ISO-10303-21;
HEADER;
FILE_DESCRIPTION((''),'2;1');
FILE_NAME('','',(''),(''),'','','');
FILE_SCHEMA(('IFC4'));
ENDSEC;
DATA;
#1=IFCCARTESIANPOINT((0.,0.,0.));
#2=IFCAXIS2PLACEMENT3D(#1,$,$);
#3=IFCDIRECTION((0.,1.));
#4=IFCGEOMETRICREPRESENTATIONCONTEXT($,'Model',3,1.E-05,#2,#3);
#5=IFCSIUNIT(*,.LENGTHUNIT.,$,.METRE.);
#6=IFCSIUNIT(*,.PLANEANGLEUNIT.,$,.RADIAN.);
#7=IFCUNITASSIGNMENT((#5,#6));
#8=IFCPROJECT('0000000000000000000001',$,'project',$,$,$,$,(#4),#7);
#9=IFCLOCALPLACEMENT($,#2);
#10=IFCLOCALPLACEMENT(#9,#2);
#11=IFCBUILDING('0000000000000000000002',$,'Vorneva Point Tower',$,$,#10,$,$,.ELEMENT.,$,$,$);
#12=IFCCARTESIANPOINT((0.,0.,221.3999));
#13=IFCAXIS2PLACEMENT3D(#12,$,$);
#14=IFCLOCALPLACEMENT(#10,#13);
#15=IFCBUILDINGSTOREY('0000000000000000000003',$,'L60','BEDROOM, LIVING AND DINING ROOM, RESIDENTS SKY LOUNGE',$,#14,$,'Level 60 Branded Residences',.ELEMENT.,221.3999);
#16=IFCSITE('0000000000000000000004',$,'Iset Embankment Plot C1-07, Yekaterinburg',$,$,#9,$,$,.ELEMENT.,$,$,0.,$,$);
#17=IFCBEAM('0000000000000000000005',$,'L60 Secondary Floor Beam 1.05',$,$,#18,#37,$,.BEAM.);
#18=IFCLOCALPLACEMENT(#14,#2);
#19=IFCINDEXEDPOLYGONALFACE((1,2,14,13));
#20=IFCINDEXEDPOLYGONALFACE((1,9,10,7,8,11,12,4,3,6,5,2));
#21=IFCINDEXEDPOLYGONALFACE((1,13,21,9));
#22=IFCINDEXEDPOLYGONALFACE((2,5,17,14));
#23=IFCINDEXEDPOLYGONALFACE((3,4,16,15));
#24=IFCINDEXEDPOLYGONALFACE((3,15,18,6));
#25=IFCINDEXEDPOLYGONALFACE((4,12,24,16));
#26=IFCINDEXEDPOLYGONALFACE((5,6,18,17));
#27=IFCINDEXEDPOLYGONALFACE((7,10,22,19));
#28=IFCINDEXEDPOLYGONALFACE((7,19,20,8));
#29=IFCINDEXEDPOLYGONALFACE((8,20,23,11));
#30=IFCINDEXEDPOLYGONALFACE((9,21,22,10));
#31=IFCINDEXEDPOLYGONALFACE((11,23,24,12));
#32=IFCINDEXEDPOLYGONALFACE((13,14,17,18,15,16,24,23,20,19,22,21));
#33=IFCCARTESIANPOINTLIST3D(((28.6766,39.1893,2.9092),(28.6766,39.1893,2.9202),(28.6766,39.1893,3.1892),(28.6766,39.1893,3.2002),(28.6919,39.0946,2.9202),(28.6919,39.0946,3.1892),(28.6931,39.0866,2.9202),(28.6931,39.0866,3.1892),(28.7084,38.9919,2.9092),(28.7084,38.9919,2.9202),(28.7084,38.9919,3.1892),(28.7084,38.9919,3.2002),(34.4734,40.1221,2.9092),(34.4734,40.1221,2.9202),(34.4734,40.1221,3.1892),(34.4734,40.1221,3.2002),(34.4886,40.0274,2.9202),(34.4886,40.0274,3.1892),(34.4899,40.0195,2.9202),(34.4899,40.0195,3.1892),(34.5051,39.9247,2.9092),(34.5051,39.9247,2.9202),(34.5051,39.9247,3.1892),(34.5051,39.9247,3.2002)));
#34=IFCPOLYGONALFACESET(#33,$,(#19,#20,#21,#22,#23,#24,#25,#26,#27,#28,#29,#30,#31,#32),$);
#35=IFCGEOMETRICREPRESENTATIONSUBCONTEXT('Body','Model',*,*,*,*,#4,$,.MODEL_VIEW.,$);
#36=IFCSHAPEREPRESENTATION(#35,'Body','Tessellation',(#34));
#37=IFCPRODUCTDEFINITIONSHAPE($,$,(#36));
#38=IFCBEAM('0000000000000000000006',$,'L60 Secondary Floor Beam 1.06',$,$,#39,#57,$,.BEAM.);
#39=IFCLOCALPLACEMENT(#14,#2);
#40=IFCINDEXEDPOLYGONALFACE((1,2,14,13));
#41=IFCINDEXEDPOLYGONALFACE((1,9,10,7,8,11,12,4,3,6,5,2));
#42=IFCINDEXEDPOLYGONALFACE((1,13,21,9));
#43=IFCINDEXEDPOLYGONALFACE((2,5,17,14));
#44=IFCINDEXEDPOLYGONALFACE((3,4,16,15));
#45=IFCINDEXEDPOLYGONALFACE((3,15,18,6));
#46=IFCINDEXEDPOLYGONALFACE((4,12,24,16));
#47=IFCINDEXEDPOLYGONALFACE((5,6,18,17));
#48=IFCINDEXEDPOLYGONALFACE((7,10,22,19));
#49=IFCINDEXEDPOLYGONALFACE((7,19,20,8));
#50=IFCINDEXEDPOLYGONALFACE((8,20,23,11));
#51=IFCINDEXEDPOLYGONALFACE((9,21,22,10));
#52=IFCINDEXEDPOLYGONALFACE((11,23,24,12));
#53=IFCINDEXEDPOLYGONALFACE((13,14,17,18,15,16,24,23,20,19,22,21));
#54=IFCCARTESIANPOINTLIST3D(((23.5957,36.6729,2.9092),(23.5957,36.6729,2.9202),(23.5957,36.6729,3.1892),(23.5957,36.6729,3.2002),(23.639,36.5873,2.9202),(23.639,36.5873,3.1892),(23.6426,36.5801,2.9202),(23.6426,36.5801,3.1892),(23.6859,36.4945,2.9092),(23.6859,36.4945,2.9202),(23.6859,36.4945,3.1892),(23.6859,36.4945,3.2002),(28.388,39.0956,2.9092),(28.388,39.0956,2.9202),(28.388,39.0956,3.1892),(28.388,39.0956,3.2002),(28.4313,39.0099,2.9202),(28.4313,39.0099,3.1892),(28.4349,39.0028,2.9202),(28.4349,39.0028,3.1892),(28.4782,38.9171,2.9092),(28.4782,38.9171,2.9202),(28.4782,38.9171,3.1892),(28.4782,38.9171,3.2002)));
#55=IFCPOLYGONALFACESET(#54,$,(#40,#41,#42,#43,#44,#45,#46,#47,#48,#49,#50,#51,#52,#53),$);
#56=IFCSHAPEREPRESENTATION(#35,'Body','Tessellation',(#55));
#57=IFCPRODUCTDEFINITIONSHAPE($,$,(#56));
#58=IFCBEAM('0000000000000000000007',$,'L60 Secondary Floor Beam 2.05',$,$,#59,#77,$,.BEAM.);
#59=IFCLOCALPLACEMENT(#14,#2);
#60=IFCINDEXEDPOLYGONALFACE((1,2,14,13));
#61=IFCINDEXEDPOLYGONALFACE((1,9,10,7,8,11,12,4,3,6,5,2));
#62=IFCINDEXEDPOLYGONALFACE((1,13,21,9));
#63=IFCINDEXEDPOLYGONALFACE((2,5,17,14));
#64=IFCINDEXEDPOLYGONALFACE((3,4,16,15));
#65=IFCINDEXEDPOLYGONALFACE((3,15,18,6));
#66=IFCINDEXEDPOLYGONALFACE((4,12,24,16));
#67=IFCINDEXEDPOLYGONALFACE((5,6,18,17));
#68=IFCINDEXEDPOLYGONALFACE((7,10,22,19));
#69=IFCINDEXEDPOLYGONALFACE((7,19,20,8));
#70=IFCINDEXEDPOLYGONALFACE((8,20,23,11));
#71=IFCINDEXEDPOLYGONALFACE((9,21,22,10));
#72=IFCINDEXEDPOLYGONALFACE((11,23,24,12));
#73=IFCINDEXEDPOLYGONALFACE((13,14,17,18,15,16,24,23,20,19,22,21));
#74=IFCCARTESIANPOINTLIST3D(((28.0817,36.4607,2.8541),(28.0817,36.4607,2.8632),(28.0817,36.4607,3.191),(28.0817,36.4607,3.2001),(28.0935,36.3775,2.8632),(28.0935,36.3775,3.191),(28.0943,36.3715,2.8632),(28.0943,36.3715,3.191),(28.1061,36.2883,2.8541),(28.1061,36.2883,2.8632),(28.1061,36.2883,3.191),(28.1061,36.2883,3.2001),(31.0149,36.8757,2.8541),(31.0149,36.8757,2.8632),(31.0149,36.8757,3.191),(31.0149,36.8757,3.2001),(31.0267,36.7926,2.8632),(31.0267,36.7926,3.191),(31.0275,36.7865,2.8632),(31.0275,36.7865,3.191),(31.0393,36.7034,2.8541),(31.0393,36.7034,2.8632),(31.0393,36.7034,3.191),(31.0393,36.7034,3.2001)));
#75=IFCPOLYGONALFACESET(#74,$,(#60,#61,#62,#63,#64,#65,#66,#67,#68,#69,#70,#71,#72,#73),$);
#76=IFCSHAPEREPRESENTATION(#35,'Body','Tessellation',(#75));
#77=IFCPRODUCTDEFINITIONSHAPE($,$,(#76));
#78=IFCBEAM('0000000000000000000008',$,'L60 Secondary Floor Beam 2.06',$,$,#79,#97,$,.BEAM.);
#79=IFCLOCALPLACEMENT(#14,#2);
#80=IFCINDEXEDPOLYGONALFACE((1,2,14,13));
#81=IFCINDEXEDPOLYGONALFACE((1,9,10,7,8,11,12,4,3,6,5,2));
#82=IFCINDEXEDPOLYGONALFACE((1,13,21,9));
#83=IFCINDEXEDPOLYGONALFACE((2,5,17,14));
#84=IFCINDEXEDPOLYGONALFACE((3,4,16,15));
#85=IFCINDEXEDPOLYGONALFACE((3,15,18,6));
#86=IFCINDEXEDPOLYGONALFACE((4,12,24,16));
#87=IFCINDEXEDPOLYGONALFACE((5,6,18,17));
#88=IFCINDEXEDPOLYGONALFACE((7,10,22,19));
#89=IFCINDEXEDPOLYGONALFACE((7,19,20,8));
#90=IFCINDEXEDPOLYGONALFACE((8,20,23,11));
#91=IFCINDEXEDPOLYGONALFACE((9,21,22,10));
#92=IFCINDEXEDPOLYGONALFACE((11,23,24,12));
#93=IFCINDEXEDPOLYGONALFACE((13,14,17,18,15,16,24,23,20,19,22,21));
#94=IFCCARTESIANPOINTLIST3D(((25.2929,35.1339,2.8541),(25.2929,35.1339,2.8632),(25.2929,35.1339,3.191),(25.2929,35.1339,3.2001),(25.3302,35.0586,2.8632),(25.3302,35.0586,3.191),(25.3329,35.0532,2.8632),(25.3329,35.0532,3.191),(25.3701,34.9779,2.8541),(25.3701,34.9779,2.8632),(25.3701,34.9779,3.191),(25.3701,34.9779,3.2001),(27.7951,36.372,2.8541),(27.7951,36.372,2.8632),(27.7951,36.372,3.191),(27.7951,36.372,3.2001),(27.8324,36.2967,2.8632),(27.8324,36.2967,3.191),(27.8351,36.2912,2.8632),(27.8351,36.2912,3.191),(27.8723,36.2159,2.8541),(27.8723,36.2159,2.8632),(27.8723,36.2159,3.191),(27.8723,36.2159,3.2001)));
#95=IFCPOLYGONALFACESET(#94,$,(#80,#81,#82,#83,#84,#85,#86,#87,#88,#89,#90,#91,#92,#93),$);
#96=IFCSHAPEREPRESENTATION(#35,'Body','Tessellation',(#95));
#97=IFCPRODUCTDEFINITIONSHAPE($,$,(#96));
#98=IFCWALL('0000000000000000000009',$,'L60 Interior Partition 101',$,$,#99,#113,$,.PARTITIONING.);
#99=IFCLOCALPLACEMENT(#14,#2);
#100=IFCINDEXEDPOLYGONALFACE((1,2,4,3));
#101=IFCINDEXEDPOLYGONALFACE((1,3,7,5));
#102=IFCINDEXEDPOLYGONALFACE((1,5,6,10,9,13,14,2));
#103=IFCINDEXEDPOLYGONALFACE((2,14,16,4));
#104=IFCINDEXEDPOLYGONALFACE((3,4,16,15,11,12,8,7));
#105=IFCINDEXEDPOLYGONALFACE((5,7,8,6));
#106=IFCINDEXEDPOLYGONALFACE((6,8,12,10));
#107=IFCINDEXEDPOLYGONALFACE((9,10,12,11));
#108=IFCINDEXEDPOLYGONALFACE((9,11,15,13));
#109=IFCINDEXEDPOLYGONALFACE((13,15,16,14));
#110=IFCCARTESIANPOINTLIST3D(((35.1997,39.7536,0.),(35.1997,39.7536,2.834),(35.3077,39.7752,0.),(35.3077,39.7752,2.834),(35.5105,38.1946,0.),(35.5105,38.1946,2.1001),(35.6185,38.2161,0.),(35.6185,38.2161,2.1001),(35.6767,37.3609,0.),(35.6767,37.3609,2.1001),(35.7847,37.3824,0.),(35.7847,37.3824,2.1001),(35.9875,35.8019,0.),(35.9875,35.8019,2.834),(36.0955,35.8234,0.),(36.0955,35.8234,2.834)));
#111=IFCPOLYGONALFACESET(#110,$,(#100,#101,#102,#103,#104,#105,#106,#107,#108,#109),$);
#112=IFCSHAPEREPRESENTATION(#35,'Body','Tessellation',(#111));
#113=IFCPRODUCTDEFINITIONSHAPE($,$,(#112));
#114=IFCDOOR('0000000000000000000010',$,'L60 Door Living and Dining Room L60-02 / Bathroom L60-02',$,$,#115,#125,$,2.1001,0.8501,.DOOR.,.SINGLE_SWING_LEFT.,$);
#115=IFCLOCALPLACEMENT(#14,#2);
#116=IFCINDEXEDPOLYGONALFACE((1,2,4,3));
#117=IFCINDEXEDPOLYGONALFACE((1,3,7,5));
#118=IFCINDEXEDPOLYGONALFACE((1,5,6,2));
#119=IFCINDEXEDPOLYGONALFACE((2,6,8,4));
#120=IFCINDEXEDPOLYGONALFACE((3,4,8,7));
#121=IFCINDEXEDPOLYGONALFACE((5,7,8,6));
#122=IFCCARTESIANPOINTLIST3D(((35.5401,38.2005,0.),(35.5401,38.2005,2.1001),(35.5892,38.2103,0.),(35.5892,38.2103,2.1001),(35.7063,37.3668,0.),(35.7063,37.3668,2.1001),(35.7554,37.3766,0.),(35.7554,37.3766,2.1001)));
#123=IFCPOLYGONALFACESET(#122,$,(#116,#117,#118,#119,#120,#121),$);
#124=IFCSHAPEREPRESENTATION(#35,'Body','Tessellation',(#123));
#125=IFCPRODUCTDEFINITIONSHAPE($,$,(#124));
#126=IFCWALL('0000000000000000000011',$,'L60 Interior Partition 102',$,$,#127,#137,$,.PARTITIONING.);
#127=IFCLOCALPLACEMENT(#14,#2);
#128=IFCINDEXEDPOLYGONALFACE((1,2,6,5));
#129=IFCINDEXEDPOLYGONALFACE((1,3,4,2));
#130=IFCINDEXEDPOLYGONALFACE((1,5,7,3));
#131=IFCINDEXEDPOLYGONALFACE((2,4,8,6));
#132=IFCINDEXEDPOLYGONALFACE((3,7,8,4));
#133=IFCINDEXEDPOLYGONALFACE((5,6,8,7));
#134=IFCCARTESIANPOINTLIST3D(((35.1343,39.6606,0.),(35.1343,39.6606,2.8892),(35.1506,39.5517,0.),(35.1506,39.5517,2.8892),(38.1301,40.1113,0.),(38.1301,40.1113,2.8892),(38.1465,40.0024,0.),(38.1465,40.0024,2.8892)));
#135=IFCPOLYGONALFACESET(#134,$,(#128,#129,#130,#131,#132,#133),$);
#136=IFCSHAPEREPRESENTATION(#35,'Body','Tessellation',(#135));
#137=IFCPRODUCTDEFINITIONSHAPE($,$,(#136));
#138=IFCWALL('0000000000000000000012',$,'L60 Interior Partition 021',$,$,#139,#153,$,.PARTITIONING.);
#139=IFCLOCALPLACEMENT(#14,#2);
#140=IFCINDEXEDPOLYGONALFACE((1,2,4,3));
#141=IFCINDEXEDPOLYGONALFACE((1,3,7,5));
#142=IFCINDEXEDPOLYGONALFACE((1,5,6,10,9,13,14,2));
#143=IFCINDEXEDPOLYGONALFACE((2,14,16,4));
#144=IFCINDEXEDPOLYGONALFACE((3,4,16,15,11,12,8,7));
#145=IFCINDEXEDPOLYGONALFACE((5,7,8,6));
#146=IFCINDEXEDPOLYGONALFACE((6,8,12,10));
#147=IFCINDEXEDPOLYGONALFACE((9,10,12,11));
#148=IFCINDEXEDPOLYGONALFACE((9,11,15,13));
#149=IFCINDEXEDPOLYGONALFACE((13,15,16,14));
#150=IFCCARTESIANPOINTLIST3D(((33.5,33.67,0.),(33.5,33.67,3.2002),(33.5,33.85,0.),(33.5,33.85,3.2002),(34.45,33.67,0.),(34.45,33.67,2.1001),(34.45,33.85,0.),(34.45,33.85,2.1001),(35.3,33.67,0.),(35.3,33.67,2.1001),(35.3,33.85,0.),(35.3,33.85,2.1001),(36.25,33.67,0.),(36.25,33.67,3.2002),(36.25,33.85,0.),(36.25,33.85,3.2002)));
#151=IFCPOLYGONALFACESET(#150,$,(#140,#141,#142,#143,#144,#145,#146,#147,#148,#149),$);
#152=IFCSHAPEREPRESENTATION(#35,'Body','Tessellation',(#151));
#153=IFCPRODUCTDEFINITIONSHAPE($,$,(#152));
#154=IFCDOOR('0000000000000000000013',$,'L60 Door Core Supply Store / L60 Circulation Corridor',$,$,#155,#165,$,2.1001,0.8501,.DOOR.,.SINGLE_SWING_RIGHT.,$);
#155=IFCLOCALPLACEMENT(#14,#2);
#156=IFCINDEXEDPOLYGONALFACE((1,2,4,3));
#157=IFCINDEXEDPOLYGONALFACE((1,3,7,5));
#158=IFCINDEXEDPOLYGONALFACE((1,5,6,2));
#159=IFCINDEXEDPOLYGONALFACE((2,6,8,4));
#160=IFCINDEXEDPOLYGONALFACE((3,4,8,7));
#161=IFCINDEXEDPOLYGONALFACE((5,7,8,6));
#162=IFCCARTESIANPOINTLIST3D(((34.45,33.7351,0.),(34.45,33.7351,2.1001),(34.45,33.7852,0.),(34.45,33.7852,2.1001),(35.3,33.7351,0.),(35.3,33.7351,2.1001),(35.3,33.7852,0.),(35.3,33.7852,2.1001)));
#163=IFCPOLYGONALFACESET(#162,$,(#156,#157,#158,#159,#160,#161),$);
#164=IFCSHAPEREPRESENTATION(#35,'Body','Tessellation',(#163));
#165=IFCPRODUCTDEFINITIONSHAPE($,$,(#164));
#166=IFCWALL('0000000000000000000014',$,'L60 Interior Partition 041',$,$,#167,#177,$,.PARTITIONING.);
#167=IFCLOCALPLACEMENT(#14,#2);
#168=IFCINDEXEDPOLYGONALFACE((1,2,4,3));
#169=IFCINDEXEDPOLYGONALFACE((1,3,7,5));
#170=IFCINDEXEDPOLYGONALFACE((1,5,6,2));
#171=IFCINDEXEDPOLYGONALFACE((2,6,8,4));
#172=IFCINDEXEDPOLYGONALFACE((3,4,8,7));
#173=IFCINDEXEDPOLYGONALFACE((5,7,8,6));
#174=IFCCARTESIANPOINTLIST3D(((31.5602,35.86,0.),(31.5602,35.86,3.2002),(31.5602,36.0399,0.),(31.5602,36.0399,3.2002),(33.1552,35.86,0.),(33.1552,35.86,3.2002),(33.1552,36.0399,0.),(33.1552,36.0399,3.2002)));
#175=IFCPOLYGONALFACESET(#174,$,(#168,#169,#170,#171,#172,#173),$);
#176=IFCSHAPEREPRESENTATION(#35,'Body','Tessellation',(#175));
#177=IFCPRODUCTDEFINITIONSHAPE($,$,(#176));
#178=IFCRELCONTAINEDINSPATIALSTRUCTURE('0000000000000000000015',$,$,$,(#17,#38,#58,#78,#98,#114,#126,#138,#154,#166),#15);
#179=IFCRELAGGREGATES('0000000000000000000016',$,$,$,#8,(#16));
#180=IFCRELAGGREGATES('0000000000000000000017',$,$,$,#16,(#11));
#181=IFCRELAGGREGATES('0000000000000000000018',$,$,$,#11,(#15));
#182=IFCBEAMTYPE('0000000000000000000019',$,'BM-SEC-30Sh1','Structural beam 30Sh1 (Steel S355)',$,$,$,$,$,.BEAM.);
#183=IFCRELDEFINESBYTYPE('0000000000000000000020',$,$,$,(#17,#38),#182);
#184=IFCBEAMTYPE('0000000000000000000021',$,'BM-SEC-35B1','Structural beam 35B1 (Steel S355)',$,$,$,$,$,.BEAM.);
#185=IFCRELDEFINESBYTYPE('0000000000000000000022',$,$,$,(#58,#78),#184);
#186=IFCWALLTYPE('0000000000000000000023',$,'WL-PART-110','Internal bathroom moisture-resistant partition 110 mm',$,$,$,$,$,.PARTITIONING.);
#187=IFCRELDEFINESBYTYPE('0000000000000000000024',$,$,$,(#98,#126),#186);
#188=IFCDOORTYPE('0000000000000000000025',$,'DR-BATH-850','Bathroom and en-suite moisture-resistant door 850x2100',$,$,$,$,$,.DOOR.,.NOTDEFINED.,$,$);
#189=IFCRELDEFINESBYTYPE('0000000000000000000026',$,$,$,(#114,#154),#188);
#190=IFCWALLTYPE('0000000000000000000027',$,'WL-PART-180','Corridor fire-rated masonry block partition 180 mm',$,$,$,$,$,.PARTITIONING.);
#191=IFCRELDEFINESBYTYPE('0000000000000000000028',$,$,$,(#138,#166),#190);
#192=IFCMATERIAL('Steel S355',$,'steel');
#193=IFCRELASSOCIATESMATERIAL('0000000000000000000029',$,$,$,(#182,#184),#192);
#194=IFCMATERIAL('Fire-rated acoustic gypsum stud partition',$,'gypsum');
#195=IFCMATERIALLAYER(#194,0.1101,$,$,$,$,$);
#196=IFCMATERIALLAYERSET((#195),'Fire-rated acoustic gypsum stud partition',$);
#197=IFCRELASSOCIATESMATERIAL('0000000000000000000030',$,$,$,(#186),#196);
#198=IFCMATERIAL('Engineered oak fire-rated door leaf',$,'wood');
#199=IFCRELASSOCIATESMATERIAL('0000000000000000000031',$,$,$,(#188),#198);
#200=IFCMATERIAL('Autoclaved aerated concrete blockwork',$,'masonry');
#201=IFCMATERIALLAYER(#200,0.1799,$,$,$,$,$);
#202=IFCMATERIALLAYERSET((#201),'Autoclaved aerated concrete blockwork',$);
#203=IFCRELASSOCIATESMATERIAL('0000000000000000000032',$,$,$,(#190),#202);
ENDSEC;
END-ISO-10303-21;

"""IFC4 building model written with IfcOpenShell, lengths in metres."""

from ifc_helpers import new_model, si_unit, direction, frame, frame_2d, origin, origin_2d, place, context, subcontext, project, spatial, rectangle, i_section, extrude, material, layer, layer_set, material_profile, profile_set, type_object, element, fill, save


model = new_model("IFC4")

# Units and contexts
model_context = context("Model", 3, precision=1e-05, world=origin(), true_north=direction((0.0, 1.0)))
body_context = subcontext(model_context, "Body", "Model", "MODEL_VIEW")
ifc_project = project(units=[si_unit("LENGTHUNIT", "METRE"), si_unit("PLANEANGLEUNIT", "RADIAN")], contexts=[model_context])

# Site, building, storey
site_placement = place(None, origin())
site = spatial("IfcSite", under=ifc_project, at=site_placement, Name="Iset Embankment Plot C1-07, Yekaterinburg", CompositionType="ELEMENT", RefElevation=0.0)
building_placement = place(site_placement, origin())
building = spatial("IfcBuilding", under=site, at=building_placement, Name="Vorneva Point Tower", CompositionType="ELEMENT")
storey_placement = place(building_placement, frame((0.0, 0.0, 221.3999)))
storey = spatial("IfcBuildingStorey", under=building, at=storey_placement, Name="L60", Description="BEDROOM, LIVING AND DINING ROOM, RESIDENTS SKY LOUNGE", LongName="Level 60 Branded Residences", CompositionType="ELEMENT", Elevation=221.3999)

# Beams
ifc_material_1 = material(Name="Steel S355", Category="steel")
ifc_material_profile_1 = material_profile(ifc_material_1, i_section(OverallWidth=0.2, OverallDepth=0.291, WebThickness=0.0081, FlangeThickness=0.011, at=origin_2d()), Name="30Sh1")
ifc_profile_set_1 = profile_set([ifc_material_profile_1], Name="Steel S355")
beam_type_1 = type_object("IfcBeamType", Name="BM-SEC-30Sh1", Description="Structural beam 30Sh1 (Steel S355)", PredefinedType="BEAM", material=ifc_profile_set_1)
beam_1_placement = place(storey_placement, frame((34.4893, 40.0234, 3.0547), z_axis=(-0.987298, -0.158881, 0.0), x_axis=(0.158881, -0.987298, 0.0)))
element("IfcBeam", 1, at=beam_1_placement, inside=storey, type_object=beam_type_1, Name="L60 Secondary Floor Beam 1.05", PredefinedType="BEAM", context=body_context, shape_type="SweptSolid", body=[
    extrude(i_section(OverallWidth=0.2, OverallDepth=0.291, WebThickness=0.0081, FlangeThickness=0.011, at=origin_2d()), origin(), (0.0, 0.0, 1.0), 5.8713),
])
beam_2_placement = place(storey_placement, frame((28.4331, 39.0063, 3.0547), z_axis=(-0.892445, -0.451156, 0.0), x_axis=(0.451156, -0.892445, 0.0)))
element("IfcBeam", 2, at=beam_2_placement, inside=storey, type_object=beam_type_1, Name="L60 Secondary Floor Beam 1.06", PredefinedType="BEAM", context=body_context, shape_type="SweptSolid", body=[
    extrude(i_section(OverallWidth=0.2, OverallDepth=0.291, WebThickness=0.0081, FlangeThickness=0.011, at=origin_2d()), origin(), (0.0, 0.0, 1.0), 5.3699),
])
ifc_material_profile_2 = material_profile(ifc_material_1, i_section(OverallWidth=0.1741, OverallDepth=0.3459, WebThickness=0.0061, FlangeThickness=0.009, at=origin_2d()), Name="35B1")
ifc_profile_set_2 = profile_set([ifc_material_profile_2], Name="Steel S355")
beam_type_2 = type_object("IfcBeamType", Name="BM-SEC-35B1", Description="Structural beam 35B1 (Steel S355)", PredefinedType="BEAM", material=ifc_profile_set_2)
beam_3_placement = place(storey_placement, frame((31.0271, 36.7896, 3.0271), z_axis=(-0.990137, -0.140106, 0.0), x_axis=(0.140106, -0.990137, 0.0)))
element("IfcBeam", 3, at=beam_3_placement, inside=storey, type_object=beam_type_2, Name="L60 Secondary Floor Beam 2.05", PredefinedType="BEAM", context=body_context, shape_type="SweptSolid", body=[
    extrude(i_section(OverallWidth=0.1741, OverallDepth=0.3459, WebThickness=0.0061, FlangeThickness=0.009, at=origin_2d()), origin(), (0.0, 0.0, 1.0), 2.9624),
])
beam_4_placement = place(storey_placement, frame((27.8337, 36.2939, 3.0271), z_axis=(-0.896291, -0.443467, 0.0), x_axis=(0.443467, -0.896291, 0.0)))
element("IfcBeam", 4, at=beam_4_placement, inside=storey, type_object=beam_type_2, Name="L60 Secondary Floor Beam 2.06", PredefinedType="BEAM", context=body_context, shape_type="SweptSolid", body=[
    extrude(i_section(OverallWidth=0.1741, OverallDepth=0.3459, WebThickness=0.0061, FlangeThickness=0.009, at=origin_2d()), origin(), (0.0, 0.0, 1.0), 2.7917),
])

# Wall, opening, door
ifc_material_2 = material(Name="Fire-rated acoustic gypsum stud partition", Category="gypsum")
ifc_layer_1 = layer(ifc_material_2, 0.1101)
ifc_layer_set_1 = layer_set([ifc_layer_1], Name="Fire-rated acoustic gypsum stud partition")
wall_type_1 = type_object("IfcWallType", Name="WL-PART-110", Description="Internal bathroom moisture-resistant partition 110 mm", PredefinedType="PARTITIONING", material=ifc_layer_set_1)
wall_1_placement = place(storey_placement, frame((36.0415, 35.8127, 0.0), z_axis=(0.0, 0.0, 1.0), x_axis=(-0.195522, 0.980699, 0.0)))
wall_1 = element("IfcWall", 5, at=wall_1_placement, inside=storey, type_object=wall_type_1, Name="L60 Interior Partition 101", PredefinedType="PARTITIONING", context=body_context, shape_type="SweptSolid", body=[
    extrude(rectangle(XDim=4.0295, YDim=0.1101, at=frame_2d((2.0146, 0.0))), origin(), (0.0, 0.0, 1.0), 2.834),
])
opening_1_placement = place(wall_1_placement, frame((1.5896, 0.0, 0.0)))
opening_1 = element("IfcOpeningElement", 6, at=opening_1_placement, cuts=wall_1, PredefinedType="OPENING", context=body_context, shape_type="SweptSolid", body=[
    extrude(rectangle(XDim=0.8501, YDim=2.1001, at=frame_2d((0.425, 1.05))), frame((0.0, 0.0698, 0.0), z_axis=(0.0, -1.0, 0.0), x_axis=(1.0, 0.0, 0.0)), (0.0, 0.0, 1.0), 0.1399),
])
ifc_material_3 = material(Name="Engineered oak fire-rated door leaf", Category="wood")
door_type_1 = type_object("IfcDoorType", Name="DR-BATH-850", Description="Bathroom and en-suite moisture-resistant door 850x2100", OperationType="NOTDEFINED", PredefinedType="DOOR", material=ifc_material_3)
door_1_placement = place(opening_1_placement, origin())
door_1 = element("IfcDoor", 7, at=door_1_placement, inside=storey, type_object=door_type_1, Name="L60 Door Living and Dining Room L60-02 / Bathroom L60-02", OperationType="SINGLE_SWING_LEFT", OverallHeight=2.1001, OverallWidth=0.8501, PredefinedType="DOOR", context=body_context, shape_type="SweptSolid", body=[
    extrude(rectangle(XDim=0.8501, YDim=2.1001, at=frame_2d((0.425, 1.05))), frame((0.0, 0.0249, 0.0), z_axis=(0.0, -1.0, 0.0), x_axis=(1.0, 0.0, 0.0)), (0.0, 0.0, 1.0), 0.05),
])
fill(opening_1, door_1)

# Wall
wall_2_placement = place(storey_placement, frame((35.1426, 39.6062, 0.0), z_axis=(0.0, 0.0, 1.0), x_axis=(0.988873, 0.148762, 0.0)))
element("IfcWall", 8, at=wall_2_placement, inside=storey, type_object=wall_type_1, Name="L60 Interior Partition 102", PredefinedType="PARTITIONING", context=body_context, shape_type="SweptSolid", body=[
    extrude(rectangle(XDim=3.0295, YDim=0.1101, at=frame_2d((1.5146, 0.0))), origin(), (0.0, 0.0, 1.0), 2.8892),
])

# Wall, opening, door
ifc_material_4 = material(Name="Autoclaved aerated concrete blockwork", Category="masonry")
ifc_layer_2 = layer(ifc_material_4, 0.1799)
ifc_layer_set_2 = layer_set([ifc_layer_2], Name="Autoclaved aerated concrete blockwork")
wall_type_2 = type_object("IfcWallType", Name="WL-PART-180", Description="Corridor fire-rated masonry block partition 180 mm", PredefinedType="PARTITIONING", material=ifc_layer_set_2)
wall_3_placement = place(storey_placement, frame((36.25, 33.76, 0.0), z_axis=(0.0, 0.0, 1.0), x_axis=(-1.0, 0.0, 0.0)))
wall_3 = element("IfcWall", 9, at=wall_3_placement, inside=storey, type_object=wall_type_2, Name="L60 Interior Partition 021", PredefinedType="PARTITIONING", context=body_context, shape_type="SweptSolid", body=[
    extrude(rectangle(XDim=2.75, YDim=0.1799, at=frame_2d((1.375, 0.0))), origin(), (0.0, 0.0, 1.0), 3.2002),
])
opening_2_placement = place(wall_3_placement, frame((0.95, 0.0, 0.0)))
opening_2 = element("IfcOpeningElement", 10, at=opening_2_placement, cuts=wall_3, PredefinedType="OPENING", context=body_context, shape_type="SweptSolid", body=[
    extrude(rectangle(XDim=0.8501, YDim=2.1001, at=frame_2d((0.425, 1.05))), frame((0.0, 0.105, 0.0), z_axis=(0.0, -1.0, 0.0), x_axis=(1.0, 0.0, 0.0)), (0.0, 0.0, 1.0), 0.2097),
])
door_2_placement = place(opening_2_placement, origin())
door_2 = element("IfcDoor", 11, at=door_2_placement, inside=storey, type_object=door_type_1, Name="L60 Door Core Supply Store / L60 Circulation Corridor", OperationType="SINGLE_SWING_RIGHT", OverallHeight=2.1001, OverallWidth=0.8501, PredefinedType="DOOR", context=body_context, shape_type="SweptSolid", body=[
    extrude(rectangle(XDim=0.8501, YDim=2.1001, at=frame_2d((0.425, 1.05))), frame((0.0, 0.0249, 0.0), z_axis=(0.0, -1.0, 0.0), x_axis=(1.0, 0.0, 0.0)), (0.0, 0.0, 1.0), 0.05),
])
fill(opening_2, door_2)

# Wall
wall_4_placement = place(storey_placement, frame((33.155, 35.95, 0.0), z_axis=(0.0, 0.0, 1.0), x_axis=(-1.0, 0.0, 0.0)))
element("IfcWall", 12, at=wall_4_placement, inside=storey, type_object=wall_type_2, Name="L60 Interior Partition 041", PredefinedType="PARTITIONING", context=body_context, shape_type="SweptSolid", body=[
    extrude(rectangle(XDim=1.595, YDim=0.1799, at=frame_2d((0.7974, 0.0))), origin(), (0.0, 0.0, 1.0), 3.2002),
])

save(model, "model.ifc")
